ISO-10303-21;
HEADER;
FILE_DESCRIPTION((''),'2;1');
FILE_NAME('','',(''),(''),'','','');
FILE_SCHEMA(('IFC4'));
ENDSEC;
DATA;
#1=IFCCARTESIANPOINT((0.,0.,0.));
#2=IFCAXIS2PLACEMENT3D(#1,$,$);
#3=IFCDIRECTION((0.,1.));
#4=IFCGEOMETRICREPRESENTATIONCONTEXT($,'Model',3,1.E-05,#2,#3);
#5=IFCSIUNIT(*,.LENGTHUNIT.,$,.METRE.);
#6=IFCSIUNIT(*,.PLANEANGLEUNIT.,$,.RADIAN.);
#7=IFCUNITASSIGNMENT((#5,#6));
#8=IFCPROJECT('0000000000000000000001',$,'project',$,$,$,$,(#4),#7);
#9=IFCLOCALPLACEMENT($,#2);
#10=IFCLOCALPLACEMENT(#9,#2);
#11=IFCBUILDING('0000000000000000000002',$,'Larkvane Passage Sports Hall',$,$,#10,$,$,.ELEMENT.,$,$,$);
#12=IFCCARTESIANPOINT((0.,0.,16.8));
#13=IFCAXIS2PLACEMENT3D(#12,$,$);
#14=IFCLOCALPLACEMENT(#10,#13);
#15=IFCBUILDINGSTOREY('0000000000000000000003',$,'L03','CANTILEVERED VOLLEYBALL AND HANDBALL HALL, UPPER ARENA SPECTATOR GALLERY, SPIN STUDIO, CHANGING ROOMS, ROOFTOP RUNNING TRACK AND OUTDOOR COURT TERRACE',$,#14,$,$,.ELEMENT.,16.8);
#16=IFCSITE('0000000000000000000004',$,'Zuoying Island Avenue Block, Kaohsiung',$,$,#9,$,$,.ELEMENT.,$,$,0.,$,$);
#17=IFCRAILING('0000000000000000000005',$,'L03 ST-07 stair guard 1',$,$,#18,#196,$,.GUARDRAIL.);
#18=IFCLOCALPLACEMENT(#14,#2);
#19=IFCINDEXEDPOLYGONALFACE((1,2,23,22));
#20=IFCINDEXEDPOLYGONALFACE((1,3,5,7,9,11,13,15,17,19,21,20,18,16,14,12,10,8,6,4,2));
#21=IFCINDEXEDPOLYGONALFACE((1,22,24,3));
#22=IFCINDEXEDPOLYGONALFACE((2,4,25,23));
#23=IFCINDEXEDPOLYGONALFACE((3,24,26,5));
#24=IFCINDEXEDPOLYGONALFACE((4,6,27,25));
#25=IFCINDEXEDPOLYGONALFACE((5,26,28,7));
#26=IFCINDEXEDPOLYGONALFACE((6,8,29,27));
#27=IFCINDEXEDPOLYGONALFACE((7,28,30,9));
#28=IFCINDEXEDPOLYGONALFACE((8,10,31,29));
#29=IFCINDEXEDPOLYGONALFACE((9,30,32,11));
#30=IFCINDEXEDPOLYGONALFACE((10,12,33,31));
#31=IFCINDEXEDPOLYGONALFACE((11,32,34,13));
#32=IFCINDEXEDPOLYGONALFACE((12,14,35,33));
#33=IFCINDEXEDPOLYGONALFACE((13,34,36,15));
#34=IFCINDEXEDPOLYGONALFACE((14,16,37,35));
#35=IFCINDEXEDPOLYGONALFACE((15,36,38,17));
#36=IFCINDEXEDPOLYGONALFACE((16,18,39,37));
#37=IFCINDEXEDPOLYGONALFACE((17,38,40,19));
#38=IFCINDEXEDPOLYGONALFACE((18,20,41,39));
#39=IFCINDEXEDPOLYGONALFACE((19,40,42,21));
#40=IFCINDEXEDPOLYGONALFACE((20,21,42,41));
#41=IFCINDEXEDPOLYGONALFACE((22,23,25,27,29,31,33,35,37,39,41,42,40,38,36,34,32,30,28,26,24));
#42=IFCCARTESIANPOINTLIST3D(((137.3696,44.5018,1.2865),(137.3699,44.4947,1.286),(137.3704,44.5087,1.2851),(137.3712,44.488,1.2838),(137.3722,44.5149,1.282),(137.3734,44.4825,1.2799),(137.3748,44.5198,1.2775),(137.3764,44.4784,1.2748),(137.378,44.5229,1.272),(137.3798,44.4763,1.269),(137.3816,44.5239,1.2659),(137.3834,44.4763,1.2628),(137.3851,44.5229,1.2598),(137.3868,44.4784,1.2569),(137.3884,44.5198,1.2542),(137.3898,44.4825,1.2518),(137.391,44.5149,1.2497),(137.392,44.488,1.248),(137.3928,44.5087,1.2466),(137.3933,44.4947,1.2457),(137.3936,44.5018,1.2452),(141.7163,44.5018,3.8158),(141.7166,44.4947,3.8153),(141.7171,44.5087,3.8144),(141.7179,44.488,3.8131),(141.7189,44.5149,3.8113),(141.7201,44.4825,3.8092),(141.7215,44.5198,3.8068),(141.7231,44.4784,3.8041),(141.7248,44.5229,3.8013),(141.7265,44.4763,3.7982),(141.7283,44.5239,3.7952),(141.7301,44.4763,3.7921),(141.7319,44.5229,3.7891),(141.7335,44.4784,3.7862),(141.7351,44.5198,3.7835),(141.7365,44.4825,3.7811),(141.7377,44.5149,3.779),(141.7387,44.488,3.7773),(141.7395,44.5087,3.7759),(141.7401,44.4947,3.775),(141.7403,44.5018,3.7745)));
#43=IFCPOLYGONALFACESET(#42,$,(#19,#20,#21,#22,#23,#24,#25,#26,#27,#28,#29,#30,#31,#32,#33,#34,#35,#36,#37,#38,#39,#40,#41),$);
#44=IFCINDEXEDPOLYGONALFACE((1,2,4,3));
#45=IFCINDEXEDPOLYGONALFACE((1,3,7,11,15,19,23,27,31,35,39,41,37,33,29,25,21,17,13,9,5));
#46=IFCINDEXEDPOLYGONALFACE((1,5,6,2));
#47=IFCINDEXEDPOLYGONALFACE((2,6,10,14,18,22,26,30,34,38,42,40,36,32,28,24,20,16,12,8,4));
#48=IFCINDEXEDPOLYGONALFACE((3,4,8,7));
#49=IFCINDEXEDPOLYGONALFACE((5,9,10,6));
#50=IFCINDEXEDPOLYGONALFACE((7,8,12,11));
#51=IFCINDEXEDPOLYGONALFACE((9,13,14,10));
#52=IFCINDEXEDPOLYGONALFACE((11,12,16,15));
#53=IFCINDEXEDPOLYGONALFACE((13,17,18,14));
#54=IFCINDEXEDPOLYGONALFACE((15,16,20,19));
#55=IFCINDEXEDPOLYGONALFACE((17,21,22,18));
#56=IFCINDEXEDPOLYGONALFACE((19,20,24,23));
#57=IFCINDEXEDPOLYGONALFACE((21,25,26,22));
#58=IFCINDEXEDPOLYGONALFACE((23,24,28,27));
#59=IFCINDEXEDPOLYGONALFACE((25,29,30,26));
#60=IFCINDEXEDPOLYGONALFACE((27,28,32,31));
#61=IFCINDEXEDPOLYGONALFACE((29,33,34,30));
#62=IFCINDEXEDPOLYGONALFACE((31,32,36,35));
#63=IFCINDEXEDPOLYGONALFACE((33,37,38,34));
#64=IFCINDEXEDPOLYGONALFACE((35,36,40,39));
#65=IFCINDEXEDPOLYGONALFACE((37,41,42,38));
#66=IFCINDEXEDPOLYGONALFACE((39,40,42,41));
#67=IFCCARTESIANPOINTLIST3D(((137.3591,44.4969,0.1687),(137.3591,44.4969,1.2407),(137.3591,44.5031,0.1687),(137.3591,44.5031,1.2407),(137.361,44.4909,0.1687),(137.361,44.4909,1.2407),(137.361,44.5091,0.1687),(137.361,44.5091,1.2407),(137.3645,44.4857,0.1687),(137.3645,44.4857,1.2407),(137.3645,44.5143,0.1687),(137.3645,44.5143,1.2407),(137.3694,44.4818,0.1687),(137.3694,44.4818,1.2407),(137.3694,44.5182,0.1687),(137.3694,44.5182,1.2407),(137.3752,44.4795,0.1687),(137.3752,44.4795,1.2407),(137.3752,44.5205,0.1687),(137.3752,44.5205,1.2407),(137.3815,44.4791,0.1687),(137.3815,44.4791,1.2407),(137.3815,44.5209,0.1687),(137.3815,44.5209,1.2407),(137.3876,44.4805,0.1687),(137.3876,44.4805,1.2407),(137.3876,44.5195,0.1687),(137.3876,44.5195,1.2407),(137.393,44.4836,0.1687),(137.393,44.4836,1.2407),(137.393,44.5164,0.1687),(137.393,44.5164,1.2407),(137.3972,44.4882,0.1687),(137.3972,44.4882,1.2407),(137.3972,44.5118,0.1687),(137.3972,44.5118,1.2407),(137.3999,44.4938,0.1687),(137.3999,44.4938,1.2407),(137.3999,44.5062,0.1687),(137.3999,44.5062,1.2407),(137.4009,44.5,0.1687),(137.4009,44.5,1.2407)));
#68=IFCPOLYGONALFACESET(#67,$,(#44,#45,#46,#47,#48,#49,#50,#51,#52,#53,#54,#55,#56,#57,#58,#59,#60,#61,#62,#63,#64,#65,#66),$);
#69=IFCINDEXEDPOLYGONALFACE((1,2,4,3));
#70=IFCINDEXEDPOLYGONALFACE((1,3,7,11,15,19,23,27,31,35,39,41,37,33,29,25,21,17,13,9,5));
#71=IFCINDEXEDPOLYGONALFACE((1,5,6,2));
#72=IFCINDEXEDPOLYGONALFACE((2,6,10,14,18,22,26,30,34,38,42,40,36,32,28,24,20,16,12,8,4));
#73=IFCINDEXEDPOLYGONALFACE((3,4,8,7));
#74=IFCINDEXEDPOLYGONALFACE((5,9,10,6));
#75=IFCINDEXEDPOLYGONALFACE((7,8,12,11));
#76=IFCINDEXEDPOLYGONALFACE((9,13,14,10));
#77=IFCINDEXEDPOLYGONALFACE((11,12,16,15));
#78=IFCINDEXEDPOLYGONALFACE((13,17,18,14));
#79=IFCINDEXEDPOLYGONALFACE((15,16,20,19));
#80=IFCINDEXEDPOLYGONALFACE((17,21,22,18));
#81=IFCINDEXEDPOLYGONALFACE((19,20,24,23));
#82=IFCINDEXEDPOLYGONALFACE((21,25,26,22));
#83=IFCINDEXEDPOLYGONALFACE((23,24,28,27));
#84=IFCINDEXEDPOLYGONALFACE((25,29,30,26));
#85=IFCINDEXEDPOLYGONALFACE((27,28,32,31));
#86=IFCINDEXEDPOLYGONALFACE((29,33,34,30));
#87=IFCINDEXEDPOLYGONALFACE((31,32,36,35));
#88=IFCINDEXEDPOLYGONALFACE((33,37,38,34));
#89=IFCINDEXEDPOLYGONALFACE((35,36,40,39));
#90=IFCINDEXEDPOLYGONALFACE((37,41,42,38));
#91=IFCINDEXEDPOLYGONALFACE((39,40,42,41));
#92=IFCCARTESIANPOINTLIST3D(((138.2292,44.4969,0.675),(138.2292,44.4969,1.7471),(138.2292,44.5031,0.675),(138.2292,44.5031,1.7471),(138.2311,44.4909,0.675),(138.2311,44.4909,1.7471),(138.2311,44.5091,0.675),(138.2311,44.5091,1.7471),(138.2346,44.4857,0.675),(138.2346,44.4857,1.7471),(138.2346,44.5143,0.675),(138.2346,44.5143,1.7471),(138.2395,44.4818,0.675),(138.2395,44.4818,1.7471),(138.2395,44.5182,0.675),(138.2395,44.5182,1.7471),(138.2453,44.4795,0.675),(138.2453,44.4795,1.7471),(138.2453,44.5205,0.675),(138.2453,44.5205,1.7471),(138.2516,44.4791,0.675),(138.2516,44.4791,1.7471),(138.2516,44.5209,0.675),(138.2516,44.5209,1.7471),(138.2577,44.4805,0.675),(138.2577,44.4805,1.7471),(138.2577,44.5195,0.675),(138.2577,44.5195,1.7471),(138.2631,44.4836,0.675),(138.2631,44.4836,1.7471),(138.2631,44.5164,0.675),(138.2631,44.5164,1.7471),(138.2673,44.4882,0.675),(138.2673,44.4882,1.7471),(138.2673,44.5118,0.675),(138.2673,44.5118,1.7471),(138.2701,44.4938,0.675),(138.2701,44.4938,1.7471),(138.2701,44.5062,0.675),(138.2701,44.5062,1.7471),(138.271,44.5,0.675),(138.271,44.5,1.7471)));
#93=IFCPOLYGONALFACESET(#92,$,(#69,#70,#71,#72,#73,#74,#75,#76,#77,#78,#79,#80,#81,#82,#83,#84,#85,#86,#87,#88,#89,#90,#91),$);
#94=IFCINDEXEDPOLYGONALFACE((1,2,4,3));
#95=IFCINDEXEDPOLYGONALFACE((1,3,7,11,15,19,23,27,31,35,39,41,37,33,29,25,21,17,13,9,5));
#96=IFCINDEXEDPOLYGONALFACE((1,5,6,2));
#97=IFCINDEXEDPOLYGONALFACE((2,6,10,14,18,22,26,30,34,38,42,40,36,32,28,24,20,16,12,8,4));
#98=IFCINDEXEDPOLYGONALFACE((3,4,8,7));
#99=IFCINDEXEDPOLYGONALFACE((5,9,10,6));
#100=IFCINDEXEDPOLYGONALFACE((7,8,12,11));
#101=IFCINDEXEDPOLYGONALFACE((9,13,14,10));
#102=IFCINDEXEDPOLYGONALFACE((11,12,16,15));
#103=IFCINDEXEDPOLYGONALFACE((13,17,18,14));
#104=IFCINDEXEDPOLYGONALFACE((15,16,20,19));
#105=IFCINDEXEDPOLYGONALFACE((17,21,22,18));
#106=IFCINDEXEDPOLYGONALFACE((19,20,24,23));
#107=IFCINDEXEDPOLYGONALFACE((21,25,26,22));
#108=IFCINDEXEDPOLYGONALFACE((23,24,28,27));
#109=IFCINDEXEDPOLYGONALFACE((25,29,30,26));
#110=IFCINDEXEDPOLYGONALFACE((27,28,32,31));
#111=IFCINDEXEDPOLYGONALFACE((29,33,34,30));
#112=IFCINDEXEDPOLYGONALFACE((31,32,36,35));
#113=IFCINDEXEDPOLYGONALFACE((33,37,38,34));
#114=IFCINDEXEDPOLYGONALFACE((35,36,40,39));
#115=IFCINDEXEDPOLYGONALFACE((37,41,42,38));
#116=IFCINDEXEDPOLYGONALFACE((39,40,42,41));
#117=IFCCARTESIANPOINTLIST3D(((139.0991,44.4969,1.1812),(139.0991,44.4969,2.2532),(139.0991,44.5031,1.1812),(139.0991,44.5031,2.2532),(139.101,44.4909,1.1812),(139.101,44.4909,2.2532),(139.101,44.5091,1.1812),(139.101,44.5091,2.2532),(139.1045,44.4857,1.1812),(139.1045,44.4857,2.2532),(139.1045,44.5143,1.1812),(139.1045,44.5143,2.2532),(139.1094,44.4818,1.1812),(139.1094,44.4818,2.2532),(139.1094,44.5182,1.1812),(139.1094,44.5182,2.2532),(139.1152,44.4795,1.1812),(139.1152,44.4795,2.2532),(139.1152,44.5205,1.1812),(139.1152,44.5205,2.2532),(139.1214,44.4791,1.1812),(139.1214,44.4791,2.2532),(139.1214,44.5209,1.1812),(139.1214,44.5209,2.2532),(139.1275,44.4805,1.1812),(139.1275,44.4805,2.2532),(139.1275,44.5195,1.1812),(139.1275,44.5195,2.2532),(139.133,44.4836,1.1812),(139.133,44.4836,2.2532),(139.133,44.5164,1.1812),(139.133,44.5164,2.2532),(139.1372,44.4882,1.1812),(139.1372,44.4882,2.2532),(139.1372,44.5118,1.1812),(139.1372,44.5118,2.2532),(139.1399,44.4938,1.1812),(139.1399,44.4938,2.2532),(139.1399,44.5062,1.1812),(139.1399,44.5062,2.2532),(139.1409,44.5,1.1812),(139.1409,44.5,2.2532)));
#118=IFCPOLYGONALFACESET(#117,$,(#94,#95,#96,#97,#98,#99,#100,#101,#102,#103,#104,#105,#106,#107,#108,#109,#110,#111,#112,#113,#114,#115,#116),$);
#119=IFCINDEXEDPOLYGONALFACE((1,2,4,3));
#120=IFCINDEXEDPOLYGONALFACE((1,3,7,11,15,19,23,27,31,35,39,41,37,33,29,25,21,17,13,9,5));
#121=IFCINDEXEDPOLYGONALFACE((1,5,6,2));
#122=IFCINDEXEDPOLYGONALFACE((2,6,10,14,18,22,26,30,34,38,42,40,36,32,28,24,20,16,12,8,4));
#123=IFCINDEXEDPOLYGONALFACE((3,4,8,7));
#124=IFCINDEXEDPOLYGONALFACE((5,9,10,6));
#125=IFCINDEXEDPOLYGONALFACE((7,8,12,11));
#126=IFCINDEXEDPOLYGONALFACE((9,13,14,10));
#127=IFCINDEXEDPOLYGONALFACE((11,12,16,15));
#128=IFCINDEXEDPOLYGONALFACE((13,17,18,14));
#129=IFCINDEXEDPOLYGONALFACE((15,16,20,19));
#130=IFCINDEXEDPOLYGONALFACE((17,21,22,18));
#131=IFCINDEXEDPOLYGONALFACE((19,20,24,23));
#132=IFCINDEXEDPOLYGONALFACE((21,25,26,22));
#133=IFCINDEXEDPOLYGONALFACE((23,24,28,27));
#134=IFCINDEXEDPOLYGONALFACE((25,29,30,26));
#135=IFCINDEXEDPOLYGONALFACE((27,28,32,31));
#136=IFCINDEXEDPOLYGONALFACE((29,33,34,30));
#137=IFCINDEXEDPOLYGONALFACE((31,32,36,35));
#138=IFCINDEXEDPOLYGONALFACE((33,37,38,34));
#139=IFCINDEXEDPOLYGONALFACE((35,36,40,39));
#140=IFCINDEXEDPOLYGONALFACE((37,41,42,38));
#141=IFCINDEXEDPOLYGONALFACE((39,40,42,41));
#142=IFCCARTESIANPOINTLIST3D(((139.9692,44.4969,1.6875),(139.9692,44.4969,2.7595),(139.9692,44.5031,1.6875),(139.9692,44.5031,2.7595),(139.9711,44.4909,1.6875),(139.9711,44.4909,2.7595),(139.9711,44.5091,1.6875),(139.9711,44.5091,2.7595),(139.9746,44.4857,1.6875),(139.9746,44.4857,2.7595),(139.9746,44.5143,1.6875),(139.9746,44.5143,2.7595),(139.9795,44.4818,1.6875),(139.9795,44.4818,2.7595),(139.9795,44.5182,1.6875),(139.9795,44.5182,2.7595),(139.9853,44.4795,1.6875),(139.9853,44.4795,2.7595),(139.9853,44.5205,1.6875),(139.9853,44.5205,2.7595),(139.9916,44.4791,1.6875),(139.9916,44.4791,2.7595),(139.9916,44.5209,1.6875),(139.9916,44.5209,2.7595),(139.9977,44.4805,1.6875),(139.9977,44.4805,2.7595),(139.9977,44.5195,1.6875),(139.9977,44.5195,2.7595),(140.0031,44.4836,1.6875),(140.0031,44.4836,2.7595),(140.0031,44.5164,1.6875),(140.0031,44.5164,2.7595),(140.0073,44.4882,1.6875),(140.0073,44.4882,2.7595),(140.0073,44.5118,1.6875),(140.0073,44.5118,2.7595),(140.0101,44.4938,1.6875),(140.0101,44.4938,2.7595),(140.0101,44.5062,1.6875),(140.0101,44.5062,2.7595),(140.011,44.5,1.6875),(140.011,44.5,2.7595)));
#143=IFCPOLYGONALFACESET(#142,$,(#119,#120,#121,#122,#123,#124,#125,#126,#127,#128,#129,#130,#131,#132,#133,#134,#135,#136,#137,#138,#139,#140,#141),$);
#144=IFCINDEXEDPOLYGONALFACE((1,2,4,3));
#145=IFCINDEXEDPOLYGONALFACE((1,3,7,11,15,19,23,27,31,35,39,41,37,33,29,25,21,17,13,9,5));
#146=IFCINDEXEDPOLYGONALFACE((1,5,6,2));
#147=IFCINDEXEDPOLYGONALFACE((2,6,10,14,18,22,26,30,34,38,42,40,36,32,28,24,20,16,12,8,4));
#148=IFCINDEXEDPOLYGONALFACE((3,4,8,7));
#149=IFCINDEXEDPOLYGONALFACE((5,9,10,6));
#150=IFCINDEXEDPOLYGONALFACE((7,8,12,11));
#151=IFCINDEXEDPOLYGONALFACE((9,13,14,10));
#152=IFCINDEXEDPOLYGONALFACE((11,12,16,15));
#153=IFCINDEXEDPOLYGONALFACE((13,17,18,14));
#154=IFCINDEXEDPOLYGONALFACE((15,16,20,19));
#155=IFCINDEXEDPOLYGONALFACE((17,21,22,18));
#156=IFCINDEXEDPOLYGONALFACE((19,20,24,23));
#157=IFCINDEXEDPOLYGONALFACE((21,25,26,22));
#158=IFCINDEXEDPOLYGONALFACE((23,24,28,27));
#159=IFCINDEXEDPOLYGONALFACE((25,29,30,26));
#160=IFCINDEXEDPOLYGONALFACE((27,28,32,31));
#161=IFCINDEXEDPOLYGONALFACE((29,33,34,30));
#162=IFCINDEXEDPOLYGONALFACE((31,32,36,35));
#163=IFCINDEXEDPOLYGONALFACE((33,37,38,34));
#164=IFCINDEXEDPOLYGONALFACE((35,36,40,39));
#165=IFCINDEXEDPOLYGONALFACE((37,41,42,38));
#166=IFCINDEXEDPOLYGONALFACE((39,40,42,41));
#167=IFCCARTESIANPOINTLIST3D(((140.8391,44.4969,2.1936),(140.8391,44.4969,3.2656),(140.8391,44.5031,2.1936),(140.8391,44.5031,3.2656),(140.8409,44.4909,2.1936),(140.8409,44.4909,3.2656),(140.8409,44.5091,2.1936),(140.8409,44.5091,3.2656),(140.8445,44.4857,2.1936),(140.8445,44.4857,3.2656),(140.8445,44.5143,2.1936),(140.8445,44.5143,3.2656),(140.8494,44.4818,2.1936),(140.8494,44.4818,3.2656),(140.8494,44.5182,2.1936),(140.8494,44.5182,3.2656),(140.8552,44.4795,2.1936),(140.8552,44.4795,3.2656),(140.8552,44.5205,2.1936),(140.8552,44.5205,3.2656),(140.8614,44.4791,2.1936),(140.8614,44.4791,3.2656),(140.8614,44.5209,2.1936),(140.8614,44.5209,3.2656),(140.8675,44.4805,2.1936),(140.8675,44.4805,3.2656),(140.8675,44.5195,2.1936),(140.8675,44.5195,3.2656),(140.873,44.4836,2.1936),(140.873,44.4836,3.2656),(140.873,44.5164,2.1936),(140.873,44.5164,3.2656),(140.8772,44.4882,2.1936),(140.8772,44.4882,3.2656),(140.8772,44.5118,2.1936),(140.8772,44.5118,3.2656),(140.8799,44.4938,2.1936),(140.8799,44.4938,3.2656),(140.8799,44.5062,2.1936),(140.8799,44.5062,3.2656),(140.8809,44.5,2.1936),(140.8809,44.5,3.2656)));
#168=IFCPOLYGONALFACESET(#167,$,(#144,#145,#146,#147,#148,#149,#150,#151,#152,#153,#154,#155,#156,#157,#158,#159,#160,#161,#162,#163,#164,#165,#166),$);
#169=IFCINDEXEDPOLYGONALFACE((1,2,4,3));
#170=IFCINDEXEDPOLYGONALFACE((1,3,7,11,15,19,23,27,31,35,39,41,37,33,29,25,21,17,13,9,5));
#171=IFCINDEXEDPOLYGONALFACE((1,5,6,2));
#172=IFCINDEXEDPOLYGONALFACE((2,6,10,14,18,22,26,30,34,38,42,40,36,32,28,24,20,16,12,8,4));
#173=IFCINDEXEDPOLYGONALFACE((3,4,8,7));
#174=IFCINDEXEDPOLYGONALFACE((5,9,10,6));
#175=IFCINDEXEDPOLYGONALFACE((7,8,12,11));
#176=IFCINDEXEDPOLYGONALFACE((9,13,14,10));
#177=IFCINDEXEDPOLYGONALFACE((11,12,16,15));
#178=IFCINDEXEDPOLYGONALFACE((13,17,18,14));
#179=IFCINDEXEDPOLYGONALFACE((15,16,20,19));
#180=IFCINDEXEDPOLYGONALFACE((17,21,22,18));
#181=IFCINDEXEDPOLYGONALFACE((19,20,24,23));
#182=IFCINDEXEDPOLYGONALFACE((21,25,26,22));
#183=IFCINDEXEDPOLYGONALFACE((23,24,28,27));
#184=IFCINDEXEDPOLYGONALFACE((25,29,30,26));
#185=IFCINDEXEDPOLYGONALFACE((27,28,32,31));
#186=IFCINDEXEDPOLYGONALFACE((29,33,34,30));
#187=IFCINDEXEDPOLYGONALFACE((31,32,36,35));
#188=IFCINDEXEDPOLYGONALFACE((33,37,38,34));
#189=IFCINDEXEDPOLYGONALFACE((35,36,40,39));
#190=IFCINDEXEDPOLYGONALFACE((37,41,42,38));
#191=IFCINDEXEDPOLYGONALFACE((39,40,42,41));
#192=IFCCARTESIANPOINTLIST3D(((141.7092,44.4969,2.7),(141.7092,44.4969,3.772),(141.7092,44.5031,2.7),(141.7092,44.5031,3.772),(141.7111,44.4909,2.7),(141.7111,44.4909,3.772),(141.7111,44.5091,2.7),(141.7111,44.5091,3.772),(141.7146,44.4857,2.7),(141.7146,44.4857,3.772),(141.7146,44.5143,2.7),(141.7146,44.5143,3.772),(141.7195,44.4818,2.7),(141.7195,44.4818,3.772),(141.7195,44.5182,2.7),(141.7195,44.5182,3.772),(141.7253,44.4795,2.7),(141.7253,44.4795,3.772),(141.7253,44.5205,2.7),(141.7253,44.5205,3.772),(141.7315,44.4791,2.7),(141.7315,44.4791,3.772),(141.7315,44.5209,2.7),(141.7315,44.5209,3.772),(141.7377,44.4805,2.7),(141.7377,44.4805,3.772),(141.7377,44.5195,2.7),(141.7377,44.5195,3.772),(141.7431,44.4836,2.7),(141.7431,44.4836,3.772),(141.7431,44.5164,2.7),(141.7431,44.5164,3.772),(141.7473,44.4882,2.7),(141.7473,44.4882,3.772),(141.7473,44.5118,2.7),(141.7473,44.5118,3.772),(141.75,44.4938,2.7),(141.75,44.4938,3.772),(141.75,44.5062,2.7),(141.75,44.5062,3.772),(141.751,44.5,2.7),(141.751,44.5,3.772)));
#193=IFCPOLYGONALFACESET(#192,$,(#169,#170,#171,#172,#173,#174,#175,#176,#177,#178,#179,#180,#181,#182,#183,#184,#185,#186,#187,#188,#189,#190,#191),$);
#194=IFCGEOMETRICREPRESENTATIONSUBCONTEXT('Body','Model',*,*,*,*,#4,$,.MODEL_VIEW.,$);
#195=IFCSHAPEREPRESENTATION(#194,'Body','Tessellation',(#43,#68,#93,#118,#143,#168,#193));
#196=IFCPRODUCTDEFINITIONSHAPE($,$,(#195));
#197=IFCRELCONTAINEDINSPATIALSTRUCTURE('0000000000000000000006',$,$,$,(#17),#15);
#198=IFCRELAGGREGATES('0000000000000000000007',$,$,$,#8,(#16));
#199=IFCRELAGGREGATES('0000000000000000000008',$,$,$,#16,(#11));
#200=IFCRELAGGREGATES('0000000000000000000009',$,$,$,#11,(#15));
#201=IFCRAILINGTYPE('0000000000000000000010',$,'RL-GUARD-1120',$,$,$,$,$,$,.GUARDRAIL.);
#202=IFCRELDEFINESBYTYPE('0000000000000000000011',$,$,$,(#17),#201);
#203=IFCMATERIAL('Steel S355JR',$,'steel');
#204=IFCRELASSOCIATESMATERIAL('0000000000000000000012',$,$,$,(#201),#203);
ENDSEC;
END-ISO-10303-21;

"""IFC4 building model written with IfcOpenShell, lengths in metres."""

from ifc_helpers import new_model, si_unit, direction, frame, origin, origin_2d, place, context, subcontext, project, spatial, circle, extrude, material, type_object, element, save


model = new_model("IFC4")

# Units and contexts
model_context = context("Model", 3, precision=1e-05, world=origin(), true_north=direction((0.0, 1.0)))
body_context = subcontext(model_context, "Body", "Model", "MODEL_VIEW")
ifc_project = project(units=[si_unit("LENGTHUNIT", "METRE"), si_unit("PLANEANGLEUNIT", "RADIAN")], contexts=[model_context])

# Site, building, storey
site_placement = place(None, origin())
site = spatial("IfcSite", under=ifc_project, at=site_placement, Name="Zuoying Island Avenue Block, Kaohsiung", CompositionType="ELEMENT", RefElevation=0.0)
building_placement = place(site_placement, origin())
building = spatial("IfcBuilding", under=site, at=building_placement, Name="Larkvane Passage Sports Hall", CompositionType="ELEMENT")
storey_placement = place(building_placement, frame((0.0, 0.0, 16.8)))
storey = spatial("IfcBuildingStorey", under=building, at=storey_placement, Name="L03", Description="CANTILEVERED VOLLEYBALL AND HANDBALL HALL, UPPER ARENA SPECTATOR GALLERY, SPIN STUDIO, CHANGING ROOMS, ROOFTOP RUNNING TRACK AND OUTDOOR COURT TERRACE", CompositionType="ELEMENT", Elevation=16.8)

# Shared definitions
ifc_material_1 = material(Name="Steel S355JR", Category="steel")

# Railing
railing_type_1 = type_object("IfcRailingType", Name="RL-GUARD-1120", PredefinedType="GUARDRAIL", material=ifc_material_1)
railing_1_placement = place(storey_placement, frame((137.3799, 44.5, 0.1687)))
element("IfcRailing", 1, at=railing_1_placement, inside=storey, type_object=railing_type_1, Name="L03 ST-07 stair guard 1", PredefinedType="GUARDRAIL", context=body_context, shape_type="SweptSolid", body=[
    extrude(circle(Radius=0.0239, at=origin_2d()), frame((0.0017, 0.0, 1.0972), z_axis=(0.864324, 0.0, 0.502936), x_axis=(0.0, 1.0, 0.0)), (0.0, 0.0, 1.0), 5.0291),
    extrude(circle(Radius=0.021, at=origin_2d()), origin(), (0.0, 0.0, 1.0), 1.072),
    extrude(circle(Radius=0.021, at=origin_2d()), frame((0.8701, 0.0, 0.5063)), (0.0, 0.0, 1.0), 1.072),
    extrude(circle(Radius=0.021, at=origin_2d()), frame((1.74, 0.0, 1.0125)), (0.0, 0.0, 1.0), 1.072),
    extrude(circle(Radius=0.021, at=origin_2d()), frame((2.6101, 0.0, 1.5188)), (0.0, 0.0, 1.0), 1.072),
    extrude(circle(Radius=0.021, at=origin_2d()), frame((3.48, 0.0, 2.0249)), (0.0, 0.0, 1.0), 1.072),
    extrude(circle(Radius=0.021, at=origin_2d()), frame((4.3501, 0.0, 2.5312)), (0.0, 0.0, 1.0), 1.072),
])

save(model, "model.ifc")
